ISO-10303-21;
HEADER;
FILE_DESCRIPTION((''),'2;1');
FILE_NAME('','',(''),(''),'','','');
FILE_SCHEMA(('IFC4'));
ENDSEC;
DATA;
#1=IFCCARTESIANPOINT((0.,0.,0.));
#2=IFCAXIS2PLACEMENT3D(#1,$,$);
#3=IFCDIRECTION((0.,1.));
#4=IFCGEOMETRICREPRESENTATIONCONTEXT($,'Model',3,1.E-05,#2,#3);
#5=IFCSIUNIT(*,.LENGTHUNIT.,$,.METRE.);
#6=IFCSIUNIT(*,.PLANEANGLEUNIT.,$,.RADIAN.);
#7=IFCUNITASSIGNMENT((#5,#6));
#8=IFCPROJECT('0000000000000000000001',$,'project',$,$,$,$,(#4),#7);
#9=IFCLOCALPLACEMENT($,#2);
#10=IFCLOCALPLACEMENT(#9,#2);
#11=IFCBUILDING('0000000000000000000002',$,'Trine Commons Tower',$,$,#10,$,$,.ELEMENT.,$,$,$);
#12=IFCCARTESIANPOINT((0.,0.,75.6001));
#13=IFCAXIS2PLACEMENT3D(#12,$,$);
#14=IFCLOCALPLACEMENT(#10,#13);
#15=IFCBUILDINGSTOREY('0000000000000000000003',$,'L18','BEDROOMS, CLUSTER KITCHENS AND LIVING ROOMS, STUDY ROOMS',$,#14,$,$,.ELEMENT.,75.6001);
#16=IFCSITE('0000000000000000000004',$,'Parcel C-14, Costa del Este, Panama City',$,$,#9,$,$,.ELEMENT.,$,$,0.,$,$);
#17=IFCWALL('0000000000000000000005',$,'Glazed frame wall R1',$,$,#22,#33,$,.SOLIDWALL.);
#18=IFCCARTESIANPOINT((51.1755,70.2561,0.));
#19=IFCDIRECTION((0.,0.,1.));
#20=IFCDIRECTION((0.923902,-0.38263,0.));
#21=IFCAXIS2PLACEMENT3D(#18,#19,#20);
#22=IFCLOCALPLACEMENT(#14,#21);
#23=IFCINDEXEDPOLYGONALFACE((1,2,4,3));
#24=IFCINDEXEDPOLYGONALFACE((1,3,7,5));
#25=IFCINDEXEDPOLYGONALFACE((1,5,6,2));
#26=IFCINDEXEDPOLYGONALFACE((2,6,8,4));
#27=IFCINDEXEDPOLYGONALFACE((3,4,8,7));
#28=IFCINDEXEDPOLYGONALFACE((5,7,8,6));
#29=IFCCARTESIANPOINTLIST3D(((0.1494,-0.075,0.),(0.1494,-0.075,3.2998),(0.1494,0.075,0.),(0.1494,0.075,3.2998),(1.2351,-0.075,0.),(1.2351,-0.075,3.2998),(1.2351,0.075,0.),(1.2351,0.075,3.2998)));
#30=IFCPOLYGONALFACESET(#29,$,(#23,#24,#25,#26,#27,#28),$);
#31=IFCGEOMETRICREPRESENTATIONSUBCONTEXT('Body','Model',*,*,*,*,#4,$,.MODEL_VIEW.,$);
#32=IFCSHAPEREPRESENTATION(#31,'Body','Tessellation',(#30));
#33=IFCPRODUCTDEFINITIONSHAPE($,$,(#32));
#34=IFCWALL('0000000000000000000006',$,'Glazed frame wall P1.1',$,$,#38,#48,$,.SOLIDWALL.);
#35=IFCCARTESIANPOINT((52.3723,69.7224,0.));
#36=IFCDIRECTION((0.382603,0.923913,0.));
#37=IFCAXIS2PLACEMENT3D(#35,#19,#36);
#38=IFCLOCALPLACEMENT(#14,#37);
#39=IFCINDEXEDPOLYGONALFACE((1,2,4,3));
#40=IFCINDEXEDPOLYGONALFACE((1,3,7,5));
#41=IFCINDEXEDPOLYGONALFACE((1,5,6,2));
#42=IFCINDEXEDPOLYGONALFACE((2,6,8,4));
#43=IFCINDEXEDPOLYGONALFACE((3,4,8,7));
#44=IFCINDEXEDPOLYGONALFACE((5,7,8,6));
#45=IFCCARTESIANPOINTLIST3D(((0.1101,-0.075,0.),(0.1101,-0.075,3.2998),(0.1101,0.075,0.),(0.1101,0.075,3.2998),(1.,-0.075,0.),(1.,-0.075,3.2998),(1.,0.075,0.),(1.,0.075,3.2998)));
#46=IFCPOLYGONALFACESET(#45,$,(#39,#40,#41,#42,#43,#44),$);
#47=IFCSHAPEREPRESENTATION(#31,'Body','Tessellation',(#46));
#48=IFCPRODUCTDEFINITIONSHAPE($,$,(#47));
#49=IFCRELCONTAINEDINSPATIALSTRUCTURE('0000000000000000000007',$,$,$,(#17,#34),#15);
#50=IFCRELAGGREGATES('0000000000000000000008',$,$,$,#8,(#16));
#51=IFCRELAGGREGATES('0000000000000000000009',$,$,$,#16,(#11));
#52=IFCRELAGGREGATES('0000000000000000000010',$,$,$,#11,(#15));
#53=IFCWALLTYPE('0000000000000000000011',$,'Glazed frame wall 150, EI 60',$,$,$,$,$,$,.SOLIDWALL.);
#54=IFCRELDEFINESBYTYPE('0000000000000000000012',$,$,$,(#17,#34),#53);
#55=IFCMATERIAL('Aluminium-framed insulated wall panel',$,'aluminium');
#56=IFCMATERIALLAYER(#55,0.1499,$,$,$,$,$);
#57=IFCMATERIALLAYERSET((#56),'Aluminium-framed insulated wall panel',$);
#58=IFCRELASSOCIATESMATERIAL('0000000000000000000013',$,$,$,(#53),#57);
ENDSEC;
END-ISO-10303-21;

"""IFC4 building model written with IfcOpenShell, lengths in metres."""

from ifc_helpers import new_model, si_unit, direction, frame, origin, place, context, subcontext, project, spatial, polyline, outline, extrude, material, layer, layer_set, type_object, element, save


model = new_model("IFC4")

# Units and contexts
model_context = context("Model", 3, precision=1e-05, world=origin(), true_north=direction((0.0, 1.0)))
body_context = subcontext(model_context, "Body", "Model", "MODEL_VIEW")
ifc_project = project(units=[si_unit("LENGTHUNIT", "METRE"), si_unit("PLANEANGLEUNIT", "RADIAN")], contexts=[model_context])

# Site, building, storey
site_placement = place(None, origin())
site = spatial("IfcSite", under=ifc_project, at=site_placement, Name="Parcel C-14, Costa del Este, Panama City", CompositionType="ELEMENT", RefElevation=0.0)
building_placement = place(site_placement, origin())
building = spatial("IfcBuilding", under=site, at=building_placement, Name="Trine Commons Tower", CompositionType="ELEMENT")
storey_placement = place(building_placement, frame((0.0, 0.0, 75.6001)))
storey = spatial("IfcBuildingStorey", under=building, at=storey_placement, Name="L18", Description="BEDROOMS, CLUSTER KITCHENS AND LIVING ROOMS, STUDY ROOMS", CompositionType="ELEMENT", Elevation=75.6001)

# Walls
ifc_material_1 = material(Name="Aluminium-framed insulated wall panel", Category="aluminium")
ifc_layer_1 = layer(ifc_material_1, 0.1499)
ifc_layer_set_1 = layer_set([ifc_layer_1], Name="Aluminium-framed insulated wall panel")
wall_type_1 = type_object("IfcWallType", Name="Glazed frame wall 150, EI 60", PredefinedType="SOLIDWALL", material=ifc_layer_set_1)
wall_1_placement = place(storey_placement, frame((51.1755, 70.2561, 0.0), z_axis=(0.0, 0.0, 1.0), x_axis=(0.923902, -0.38263, 0.0)))
element("IfcWall", 1, at=wall_1_placement, inside=storey, type_object=wall_type_1, Name="Glazed frame wall R1", PredefinedType="SOLIDWALL", context=body_context, shape_type="SweptSolid", body=[
    extrude(outline(polyline([(0.1494, 0.075), (0.1494, -0.075), (1.2351, -0.075), (1.2351, 0.075), (0.1494, 0.075)])), origin(), (0.0, 0.0, 1.0), 3.2998),
])
wall_2_placement = place(storey_placement, frame((52.3723, 69.7224, 0.0), z_axis=(0.0, 0.0, 1.0), x_axis=(0.382603, 0.923913, 0.0)))
element("IfcWall", 2, at=wall_2_placement, inside=storey, type_object=wall_type_1, Name="Glazed frame wall P1.1", PredefinedType="SOLIDWALL", context=body_context, shape_type="SweptSolid", body=[
    extrude(outline(polyline([(0.1101, -0.075), (1.0, -0.075), (1.0, 0.075), (0.1101, 0.075), (0.1101, -0.075)])), origin(), (0.0, 0.0, 1.0), 3.2998),
])

save(model, "model.ifc")
